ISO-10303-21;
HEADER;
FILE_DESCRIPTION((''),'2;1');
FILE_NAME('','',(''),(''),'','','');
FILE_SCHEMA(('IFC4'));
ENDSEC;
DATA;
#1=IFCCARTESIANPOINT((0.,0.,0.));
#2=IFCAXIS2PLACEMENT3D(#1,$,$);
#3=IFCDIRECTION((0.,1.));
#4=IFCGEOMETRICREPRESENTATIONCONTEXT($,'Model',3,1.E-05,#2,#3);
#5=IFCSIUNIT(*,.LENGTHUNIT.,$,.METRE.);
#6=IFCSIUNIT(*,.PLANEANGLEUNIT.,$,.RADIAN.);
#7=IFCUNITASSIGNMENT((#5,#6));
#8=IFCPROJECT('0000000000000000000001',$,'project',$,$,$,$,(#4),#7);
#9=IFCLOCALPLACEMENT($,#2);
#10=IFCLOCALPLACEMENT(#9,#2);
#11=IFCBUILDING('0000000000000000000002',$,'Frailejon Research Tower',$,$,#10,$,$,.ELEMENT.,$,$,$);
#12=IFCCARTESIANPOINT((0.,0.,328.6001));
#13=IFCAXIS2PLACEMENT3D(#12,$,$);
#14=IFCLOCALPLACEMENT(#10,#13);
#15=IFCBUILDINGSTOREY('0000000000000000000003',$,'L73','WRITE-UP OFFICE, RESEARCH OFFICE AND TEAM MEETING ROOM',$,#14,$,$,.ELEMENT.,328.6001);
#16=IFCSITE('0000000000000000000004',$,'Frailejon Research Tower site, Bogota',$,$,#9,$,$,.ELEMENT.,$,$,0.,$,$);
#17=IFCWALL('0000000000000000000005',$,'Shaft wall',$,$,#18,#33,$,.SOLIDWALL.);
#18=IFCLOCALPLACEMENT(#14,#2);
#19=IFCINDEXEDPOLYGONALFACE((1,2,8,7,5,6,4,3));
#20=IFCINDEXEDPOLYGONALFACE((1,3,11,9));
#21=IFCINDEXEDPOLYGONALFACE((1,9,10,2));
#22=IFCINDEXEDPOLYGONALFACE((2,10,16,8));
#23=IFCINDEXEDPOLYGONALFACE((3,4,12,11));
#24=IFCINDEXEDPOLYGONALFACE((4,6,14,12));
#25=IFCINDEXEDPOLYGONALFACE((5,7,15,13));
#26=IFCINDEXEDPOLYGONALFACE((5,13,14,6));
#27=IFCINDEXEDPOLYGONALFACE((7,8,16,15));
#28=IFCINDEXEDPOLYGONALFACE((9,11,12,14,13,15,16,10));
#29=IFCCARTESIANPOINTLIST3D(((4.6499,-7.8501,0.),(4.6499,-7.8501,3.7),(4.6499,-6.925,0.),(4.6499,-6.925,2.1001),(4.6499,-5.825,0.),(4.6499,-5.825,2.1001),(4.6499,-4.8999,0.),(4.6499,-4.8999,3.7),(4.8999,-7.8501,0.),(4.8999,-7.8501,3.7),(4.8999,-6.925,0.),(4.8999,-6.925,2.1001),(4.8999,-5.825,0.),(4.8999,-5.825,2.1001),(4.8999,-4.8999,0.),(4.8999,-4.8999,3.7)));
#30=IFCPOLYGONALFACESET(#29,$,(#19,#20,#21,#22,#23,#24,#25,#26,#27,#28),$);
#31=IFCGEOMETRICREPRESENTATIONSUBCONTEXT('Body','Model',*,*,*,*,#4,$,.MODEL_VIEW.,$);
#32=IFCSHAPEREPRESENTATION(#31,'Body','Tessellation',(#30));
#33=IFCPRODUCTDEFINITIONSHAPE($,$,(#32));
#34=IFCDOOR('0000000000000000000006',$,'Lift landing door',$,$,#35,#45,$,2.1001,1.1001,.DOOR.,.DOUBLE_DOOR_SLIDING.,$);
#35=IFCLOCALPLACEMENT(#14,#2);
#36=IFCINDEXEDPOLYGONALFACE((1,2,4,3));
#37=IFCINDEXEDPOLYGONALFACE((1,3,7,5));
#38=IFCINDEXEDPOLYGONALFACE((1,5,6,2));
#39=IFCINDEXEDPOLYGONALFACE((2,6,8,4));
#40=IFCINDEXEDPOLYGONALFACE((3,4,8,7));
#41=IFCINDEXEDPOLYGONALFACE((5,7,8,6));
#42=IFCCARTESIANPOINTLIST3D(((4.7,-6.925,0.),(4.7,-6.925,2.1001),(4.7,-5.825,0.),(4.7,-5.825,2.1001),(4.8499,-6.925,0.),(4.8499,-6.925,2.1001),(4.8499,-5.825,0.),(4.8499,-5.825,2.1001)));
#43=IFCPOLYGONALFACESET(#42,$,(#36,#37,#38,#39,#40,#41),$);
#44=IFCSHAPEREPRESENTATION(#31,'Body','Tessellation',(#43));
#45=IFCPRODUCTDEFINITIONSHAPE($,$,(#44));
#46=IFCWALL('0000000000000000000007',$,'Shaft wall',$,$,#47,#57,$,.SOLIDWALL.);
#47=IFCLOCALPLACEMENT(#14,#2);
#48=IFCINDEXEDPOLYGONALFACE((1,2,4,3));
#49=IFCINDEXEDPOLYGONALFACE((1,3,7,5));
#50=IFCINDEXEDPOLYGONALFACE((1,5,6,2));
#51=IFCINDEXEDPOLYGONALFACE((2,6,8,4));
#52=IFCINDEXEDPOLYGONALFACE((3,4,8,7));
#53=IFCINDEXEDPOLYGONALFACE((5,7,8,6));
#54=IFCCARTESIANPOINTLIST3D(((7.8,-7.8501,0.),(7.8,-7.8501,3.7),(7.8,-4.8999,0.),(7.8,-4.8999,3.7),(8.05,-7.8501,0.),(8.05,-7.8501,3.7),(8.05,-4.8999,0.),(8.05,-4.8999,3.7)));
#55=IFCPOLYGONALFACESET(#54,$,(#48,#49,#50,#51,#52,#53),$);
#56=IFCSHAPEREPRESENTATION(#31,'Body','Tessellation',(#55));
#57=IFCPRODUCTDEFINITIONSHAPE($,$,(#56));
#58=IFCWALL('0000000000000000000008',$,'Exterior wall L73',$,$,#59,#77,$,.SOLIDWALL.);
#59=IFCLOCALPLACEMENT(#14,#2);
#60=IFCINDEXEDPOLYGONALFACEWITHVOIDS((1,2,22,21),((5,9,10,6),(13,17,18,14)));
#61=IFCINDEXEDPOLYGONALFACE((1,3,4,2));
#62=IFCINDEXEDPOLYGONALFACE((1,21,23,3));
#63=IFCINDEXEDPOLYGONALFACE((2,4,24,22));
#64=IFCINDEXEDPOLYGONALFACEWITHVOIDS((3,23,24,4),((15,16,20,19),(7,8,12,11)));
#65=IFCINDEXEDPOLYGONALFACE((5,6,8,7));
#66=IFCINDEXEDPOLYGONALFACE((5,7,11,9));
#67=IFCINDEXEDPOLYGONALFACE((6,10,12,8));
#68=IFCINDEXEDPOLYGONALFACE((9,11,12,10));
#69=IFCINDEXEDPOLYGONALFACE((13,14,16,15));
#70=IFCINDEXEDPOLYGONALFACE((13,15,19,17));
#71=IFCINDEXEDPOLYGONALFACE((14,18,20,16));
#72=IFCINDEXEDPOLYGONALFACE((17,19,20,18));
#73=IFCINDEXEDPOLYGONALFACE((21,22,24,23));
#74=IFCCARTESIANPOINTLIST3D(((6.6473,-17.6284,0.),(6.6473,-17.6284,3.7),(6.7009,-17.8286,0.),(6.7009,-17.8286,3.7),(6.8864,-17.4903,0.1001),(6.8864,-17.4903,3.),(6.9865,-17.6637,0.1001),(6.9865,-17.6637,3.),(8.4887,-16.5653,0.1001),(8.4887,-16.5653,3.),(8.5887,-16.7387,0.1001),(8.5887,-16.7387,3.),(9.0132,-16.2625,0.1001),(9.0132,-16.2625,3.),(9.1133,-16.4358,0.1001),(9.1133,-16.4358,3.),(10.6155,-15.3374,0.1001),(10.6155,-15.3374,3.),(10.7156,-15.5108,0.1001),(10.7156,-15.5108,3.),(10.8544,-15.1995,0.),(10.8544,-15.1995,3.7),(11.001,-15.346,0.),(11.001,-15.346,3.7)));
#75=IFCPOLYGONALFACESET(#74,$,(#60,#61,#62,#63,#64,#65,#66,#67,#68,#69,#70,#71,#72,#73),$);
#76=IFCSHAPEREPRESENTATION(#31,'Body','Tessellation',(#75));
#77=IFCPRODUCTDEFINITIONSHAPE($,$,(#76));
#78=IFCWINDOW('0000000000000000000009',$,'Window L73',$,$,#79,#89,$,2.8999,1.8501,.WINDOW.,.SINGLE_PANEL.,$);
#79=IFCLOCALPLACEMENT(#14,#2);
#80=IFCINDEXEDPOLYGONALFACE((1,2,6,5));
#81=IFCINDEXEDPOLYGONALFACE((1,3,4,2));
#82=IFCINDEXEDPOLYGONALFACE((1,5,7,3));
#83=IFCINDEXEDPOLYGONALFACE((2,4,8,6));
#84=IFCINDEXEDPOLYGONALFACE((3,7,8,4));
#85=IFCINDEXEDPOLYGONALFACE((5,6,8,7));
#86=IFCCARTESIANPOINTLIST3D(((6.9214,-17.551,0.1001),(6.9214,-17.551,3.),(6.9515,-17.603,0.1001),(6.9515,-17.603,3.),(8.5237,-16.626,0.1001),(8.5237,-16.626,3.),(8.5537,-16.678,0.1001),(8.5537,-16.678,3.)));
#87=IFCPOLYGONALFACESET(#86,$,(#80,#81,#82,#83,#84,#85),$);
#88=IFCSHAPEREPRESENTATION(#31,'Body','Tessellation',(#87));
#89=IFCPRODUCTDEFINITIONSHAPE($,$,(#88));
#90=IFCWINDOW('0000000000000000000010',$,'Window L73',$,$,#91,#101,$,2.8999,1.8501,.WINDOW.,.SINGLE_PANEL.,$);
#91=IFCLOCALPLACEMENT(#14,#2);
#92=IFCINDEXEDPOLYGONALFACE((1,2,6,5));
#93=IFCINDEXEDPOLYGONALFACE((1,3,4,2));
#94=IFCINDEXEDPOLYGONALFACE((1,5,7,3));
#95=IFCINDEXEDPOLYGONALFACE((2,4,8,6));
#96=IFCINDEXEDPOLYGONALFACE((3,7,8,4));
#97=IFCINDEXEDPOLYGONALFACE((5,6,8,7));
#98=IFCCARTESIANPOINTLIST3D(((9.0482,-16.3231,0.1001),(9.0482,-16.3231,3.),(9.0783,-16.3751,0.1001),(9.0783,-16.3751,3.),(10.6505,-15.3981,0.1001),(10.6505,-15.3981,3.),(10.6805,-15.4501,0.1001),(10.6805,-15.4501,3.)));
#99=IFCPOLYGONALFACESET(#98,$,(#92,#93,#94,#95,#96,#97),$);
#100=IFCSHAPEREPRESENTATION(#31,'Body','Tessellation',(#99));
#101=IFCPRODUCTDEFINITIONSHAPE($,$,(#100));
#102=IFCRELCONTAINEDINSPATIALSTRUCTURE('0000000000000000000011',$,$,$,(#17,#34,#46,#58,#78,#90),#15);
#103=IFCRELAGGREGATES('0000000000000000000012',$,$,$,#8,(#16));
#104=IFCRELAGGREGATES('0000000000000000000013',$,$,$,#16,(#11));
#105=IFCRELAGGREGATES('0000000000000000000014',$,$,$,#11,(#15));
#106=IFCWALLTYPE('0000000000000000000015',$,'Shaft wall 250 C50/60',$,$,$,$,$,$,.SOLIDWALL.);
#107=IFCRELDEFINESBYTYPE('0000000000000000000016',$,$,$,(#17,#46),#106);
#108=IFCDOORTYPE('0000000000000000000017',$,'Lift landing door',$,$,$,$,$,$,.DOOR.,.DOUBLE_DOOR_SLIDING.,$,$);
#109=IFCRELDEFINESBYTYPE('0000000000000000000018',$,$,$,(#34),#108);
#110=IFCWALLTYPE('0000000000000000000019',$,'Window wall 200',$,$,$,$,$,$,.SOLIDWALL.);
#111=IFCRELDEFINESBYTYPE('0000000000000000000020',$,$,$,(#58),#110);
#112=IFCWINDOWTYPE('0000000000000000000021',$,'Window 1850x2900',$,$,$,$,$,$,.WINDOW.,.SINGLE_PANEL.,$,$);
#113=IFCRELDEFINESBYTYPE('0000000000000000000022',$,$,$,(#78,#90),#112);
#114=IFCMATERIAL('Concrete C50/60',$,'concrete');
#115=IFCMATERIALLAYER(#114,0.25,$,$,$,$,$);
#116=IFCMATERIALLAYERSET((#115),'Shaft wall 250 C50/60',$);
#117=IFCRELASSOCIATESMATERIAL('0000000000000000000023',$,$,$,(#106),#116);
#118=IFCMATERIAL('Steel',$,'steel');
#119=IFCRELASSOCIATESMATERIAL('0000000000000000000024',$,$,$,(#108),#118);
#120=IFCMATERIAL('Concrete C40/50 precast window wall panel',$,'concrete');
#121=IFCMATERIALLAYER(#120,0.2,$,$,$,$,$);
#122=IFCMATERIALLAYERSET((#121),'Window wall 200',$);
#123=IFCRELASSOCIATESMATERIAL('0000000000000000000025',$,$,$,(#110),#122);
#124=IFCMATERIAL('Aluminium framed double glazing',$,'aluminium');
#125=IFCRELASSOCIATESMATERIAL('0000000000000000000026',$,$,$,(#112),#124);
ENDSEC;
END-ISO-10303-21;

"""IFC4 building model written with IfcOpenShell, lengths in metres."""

from ifc_helpers import new_model, si_unit, direction, frame, frame_2d, origin, place, context, subcontext, project, spatial, polyline, rectangle, outline, extrude, material, layer, layer_set, type_object, element, fill, save


model = new_model("IFC4")

# Units and contexts
model_context = context("Model", 3, precision=1e-05, world=origin(), true_north=direction((0.0, 1.0)))
body_context = subcontext(model_context, "Body", "Model", "MODEL_VIEW")
ifc_project = project(units=[si_unit("LENGTHUNIT", "METRE"), si_unit("PLANEANGLEUNIT", "RADIAN")], contexts=[model_context])

# Site, building, storey
site_placement = place(None, origin())
site = spatial("IfcSite", under=ifc_project, at=site_placement, Name="Frailejon Research Tower site, Bogota", CompositionType="ELEMENT", RefElevation=0.0)
building_placement = place(site_placement, origin())
building = spatial("IfcBuilding", under=site, at=building_placement, Name="Frailejon Research Tower", CompositionType="ELEMENT")
storey_placement = place(building_placement, frame((0.0, 0.0, 328.6001)))
storey = spatial("IfcBuildingStorey", under=building, at=storey_placement, Name="L73", Description="WRITE-UP OFFICE, RESEARCH OFFICE AND TEAM MEETING ROOM", CompositionType="ELEMENT", Elevation=328.6001)

# Wall, opening, door
ifc_material_1 = material(Name="Concrete C50/60", Category="concrete")
ifc_layer_1 = layer(ifc_material_1, 0.25)
ifc_layer_set_1 = layer_set([ifc_layer_1], Name="Shaft wall 250 C50/60")
wall_type_1 = type_object("IfcWallType", Name="Shaft wall 250 C50/60", PredefinedType="SOLIDWALL", material=ifc_layer_set_1)
ifc_material_2 = material(Name="Steel", Category="steel")
door_type_1 = type_object("IfcDoorType", Name="Lift landing door", OperationType="DOUBLE_DOOR_SLIDING", PredefinedType="DOOR", material=ifc_material_2)
wall_1_placement = place(storey_placement, frame((4.7749, -7.8501, 0.0), z_axis=(0.0, 0.0, 1.0), x_axis=(0.0, 1.0, 0.0)))
wall_1 = element("IfcWall", 1, at=wall_1_placement, inside=storey, type_object=wall_type_1, Name="Shaft wall", PredefinedType="SOLIDWALL", context=body_context, shape_type="SweptSolid", body=[
    extrude(rectangle(XDim=2.9502, YDim=0.25, at=frame_2d((1.4751, 0.0))), origin(), (0.0, 0.0, 1.0), 3.7),
])
opening_1_placement = place(wall_1_placement, frame((0.925, 0.0, 0.0)))
opening_1 = element("IfcOpeningElement", 2, at=opening_1_placement, cuts=wall_1, PredefinedType="OPENING", context=body_context, shape_type="SweptSolid", body=[
    extrude(rectangle(XDim=1.1001, YDim=2.1001, at=frame_2d((0.55, 1.05))), frame((0.0, 0.135, 0.0), z_axis=(0.0, -1.0, 0.0), x_axis=(1.0, 0.0, 0.0)), (0.0, 0.0, 1.0), 0.27),
])
door_1_placement = place(opening_1_placement, origin())
door_1 = element("IfcDoor", 3, at=door_1_placement, inside=storey, type_object=door_type_1, Name="Lift landing door", OperationType="DOUBLE_DOOR_SLIDING", OverallHeight=2.1001, OverallWidth=1.1001, PredefinedType="DOOR", context=body_context, shape_type="SweptSolid", body=[
    extrude(rectangle(XDim=1.1001, YDim=2.1001, at=frame_2d((0.55, 1.05))), frame((0.0, 0.075, 0.0), z_axis=(0.0, -1.0, 0.0), x_axis=(1.0, 0.0, 0.0)), (0.0, 0.0, 1.0), 0.1499),
])
fill(opening_1, door_1)

# Wall
wall_2_placement = place(storey_placement, frame((7.925, -7.8501, 0.0), z_axis=(0.0, 0.0, 1.0), x_axis=(0.0, 1.0, 0.0)))
element("IfcWall", 4, at=wall_2_placement, inside=storey, type_object=wall_type_1, Name="Shaft wall", PredefinedType="SOLIDWALL", context=body_context, shape_type="SweptSolid", body=[
    extrude(rectangle(XDim=2.9502, YDim=0.25, at=frame_2d((1.4751, 0.0))), origin(), (0.0, 0.0, 1.0), 3.7),
])

# Wall, openings, windows
ifc_material_3 = material(Name="Concrete C40/50 precast window wall panel", Category="concrete")
ifc_layer_2 = layer(ifc_material_3, 0.2)
ifc_layer_set_2 = layer_set([ifc_layer_2], Name="Window wall 200")
wall_type_2 = type_object("IfcWallType", Name="Window wall 200", PredefinedType="SOLIDWALL", material=ifc_layer_set_2)
wall_3_placement = place(storey_placement, frame((6.6741, -17.7285, 0.0), z_axis=(0.0, 0.0, 1.0), x_axis=(0.866029, 0.499994, 0.0)))
wall_3 = element("IfcWall", 5, at=wall_3_placement, inside=storey, type_object=wall_type_2, Name="Exterior wall L73", PredefinedType="SOLIDWALL", context=body_context, shape_type="SweptSolid", body=[
    extrude(outline(polyline([(-0.0269, -0.1001), (1.2144, -0.1001), (2.4558, -0.1001), (3.6973, -0.1001), (4.9385, -0.1001), (4.8848, 0.1001), (3.6704, 0.1001), (2.4558, 0.1001), (1.2412, 0.1001), (0.0269, 0.1001), (-0.0269, -0.1001)])), origin(), (0.0, 0.0, 1.0), 3.7),
])
opening_2_placement = place(wall_3_placement, frame((0.303, 0.0, 0.1001)))
opening_2 = element("IfcOpeningElement", 6, at=opening_2_placement, cuts=wall_3, PredefinedType="OPENING", context=body_context, shape_type="SweptSolid", body=[
    extrude(rectangle(XDim=1.8501, YDim=2.8999, at=frame_2d((0.925, 1.45))), frame((0.0, 0.1099, 0.0), z_axis=(0.0, -1.0, 0.0), x_axis=(1.0, 0.0, 0.0)), (0.0, 0.0, 1.0), 0.22),
])
opening_3_placement = place(wall_3_placement, frame((2.7588, 0.0, 0.1001)))
opening_3 = element("IfcOpeningElement", 7, at=opening_3_placement, cuts=wall_3, PredefinedType="OPENING", context=body_context, shape_type="SweptSolid", body=[
    extrude(rectangle(XDim=1.8501, YDim=2.8999, at=frame_2d((0.925, 1.45))), frame((0.0, 0.1099, 0.0), z_axis=(0.0, -1.0, 0.0), x_axis=(1.0, 0.0, 0.0)), (0.0, 0.0, 1.0), 0.22),
])
ifc_material_4 = material(Name="Aluminium framed double glazing", Category="aluminium")
window_type = type_object("IfcWindowType", Name="Window 1850x2900", PartitioningType="SINGLE_PANEL", PredefinedType="WINDOW", material=ifc_material_4)
window_1_placement = place(opening_2_placement, origin())
window_1 = element("IfcWindow", 8, at=window_1_placement, inside=storey, type_object=window_type, Name="Window L73", OverallHeight=2.8999, OverallWidth=1.8501, PartitioningType="SINGLE_PANEL", PredefinedType="WINDOW", context=body_context, shape_type="SweptSolid", body=[
    extrude(rectangle(XDim=1.8501, YDim=2.8999, at=frame_2d((0.925, 1.45))), frame((0.0, 0.03, 0.0), z_axis=(0.0, -1.0, 0.0), x_axis=(1.0, 0.0, 0.0)), (0.0, 0.0, 1.0), 0.0601),
])
fill(opening_2, window_1)
window_2_placement = place(opening_3_placement, origin())
window_2 = element("IfcWindow", 9, at=window_2_placement, inside=storey, type_object=window_type, Name="Window L73", OverallHeight=2.8999, OverallWidth=1.8501, PartitioningType="SINGLE_PANEL", PredefinedType="WINDOW", context=body_context, shape_type="SweptSolid", body=[
    extrude(rectangle(XDim=1.8501, YDim=2.8999, at=frame_2d((0.925, 1.45))), frame((0.0, 0.03, 0.0), z_axis=(0.0, -1.0, 0.0), x_axis=(1.0, 0.0, 0.0)), (0.0, 0.0, 1.0), 0.0601),
])
fill(opening_3, window_2)

save(model, "model.ifc")
